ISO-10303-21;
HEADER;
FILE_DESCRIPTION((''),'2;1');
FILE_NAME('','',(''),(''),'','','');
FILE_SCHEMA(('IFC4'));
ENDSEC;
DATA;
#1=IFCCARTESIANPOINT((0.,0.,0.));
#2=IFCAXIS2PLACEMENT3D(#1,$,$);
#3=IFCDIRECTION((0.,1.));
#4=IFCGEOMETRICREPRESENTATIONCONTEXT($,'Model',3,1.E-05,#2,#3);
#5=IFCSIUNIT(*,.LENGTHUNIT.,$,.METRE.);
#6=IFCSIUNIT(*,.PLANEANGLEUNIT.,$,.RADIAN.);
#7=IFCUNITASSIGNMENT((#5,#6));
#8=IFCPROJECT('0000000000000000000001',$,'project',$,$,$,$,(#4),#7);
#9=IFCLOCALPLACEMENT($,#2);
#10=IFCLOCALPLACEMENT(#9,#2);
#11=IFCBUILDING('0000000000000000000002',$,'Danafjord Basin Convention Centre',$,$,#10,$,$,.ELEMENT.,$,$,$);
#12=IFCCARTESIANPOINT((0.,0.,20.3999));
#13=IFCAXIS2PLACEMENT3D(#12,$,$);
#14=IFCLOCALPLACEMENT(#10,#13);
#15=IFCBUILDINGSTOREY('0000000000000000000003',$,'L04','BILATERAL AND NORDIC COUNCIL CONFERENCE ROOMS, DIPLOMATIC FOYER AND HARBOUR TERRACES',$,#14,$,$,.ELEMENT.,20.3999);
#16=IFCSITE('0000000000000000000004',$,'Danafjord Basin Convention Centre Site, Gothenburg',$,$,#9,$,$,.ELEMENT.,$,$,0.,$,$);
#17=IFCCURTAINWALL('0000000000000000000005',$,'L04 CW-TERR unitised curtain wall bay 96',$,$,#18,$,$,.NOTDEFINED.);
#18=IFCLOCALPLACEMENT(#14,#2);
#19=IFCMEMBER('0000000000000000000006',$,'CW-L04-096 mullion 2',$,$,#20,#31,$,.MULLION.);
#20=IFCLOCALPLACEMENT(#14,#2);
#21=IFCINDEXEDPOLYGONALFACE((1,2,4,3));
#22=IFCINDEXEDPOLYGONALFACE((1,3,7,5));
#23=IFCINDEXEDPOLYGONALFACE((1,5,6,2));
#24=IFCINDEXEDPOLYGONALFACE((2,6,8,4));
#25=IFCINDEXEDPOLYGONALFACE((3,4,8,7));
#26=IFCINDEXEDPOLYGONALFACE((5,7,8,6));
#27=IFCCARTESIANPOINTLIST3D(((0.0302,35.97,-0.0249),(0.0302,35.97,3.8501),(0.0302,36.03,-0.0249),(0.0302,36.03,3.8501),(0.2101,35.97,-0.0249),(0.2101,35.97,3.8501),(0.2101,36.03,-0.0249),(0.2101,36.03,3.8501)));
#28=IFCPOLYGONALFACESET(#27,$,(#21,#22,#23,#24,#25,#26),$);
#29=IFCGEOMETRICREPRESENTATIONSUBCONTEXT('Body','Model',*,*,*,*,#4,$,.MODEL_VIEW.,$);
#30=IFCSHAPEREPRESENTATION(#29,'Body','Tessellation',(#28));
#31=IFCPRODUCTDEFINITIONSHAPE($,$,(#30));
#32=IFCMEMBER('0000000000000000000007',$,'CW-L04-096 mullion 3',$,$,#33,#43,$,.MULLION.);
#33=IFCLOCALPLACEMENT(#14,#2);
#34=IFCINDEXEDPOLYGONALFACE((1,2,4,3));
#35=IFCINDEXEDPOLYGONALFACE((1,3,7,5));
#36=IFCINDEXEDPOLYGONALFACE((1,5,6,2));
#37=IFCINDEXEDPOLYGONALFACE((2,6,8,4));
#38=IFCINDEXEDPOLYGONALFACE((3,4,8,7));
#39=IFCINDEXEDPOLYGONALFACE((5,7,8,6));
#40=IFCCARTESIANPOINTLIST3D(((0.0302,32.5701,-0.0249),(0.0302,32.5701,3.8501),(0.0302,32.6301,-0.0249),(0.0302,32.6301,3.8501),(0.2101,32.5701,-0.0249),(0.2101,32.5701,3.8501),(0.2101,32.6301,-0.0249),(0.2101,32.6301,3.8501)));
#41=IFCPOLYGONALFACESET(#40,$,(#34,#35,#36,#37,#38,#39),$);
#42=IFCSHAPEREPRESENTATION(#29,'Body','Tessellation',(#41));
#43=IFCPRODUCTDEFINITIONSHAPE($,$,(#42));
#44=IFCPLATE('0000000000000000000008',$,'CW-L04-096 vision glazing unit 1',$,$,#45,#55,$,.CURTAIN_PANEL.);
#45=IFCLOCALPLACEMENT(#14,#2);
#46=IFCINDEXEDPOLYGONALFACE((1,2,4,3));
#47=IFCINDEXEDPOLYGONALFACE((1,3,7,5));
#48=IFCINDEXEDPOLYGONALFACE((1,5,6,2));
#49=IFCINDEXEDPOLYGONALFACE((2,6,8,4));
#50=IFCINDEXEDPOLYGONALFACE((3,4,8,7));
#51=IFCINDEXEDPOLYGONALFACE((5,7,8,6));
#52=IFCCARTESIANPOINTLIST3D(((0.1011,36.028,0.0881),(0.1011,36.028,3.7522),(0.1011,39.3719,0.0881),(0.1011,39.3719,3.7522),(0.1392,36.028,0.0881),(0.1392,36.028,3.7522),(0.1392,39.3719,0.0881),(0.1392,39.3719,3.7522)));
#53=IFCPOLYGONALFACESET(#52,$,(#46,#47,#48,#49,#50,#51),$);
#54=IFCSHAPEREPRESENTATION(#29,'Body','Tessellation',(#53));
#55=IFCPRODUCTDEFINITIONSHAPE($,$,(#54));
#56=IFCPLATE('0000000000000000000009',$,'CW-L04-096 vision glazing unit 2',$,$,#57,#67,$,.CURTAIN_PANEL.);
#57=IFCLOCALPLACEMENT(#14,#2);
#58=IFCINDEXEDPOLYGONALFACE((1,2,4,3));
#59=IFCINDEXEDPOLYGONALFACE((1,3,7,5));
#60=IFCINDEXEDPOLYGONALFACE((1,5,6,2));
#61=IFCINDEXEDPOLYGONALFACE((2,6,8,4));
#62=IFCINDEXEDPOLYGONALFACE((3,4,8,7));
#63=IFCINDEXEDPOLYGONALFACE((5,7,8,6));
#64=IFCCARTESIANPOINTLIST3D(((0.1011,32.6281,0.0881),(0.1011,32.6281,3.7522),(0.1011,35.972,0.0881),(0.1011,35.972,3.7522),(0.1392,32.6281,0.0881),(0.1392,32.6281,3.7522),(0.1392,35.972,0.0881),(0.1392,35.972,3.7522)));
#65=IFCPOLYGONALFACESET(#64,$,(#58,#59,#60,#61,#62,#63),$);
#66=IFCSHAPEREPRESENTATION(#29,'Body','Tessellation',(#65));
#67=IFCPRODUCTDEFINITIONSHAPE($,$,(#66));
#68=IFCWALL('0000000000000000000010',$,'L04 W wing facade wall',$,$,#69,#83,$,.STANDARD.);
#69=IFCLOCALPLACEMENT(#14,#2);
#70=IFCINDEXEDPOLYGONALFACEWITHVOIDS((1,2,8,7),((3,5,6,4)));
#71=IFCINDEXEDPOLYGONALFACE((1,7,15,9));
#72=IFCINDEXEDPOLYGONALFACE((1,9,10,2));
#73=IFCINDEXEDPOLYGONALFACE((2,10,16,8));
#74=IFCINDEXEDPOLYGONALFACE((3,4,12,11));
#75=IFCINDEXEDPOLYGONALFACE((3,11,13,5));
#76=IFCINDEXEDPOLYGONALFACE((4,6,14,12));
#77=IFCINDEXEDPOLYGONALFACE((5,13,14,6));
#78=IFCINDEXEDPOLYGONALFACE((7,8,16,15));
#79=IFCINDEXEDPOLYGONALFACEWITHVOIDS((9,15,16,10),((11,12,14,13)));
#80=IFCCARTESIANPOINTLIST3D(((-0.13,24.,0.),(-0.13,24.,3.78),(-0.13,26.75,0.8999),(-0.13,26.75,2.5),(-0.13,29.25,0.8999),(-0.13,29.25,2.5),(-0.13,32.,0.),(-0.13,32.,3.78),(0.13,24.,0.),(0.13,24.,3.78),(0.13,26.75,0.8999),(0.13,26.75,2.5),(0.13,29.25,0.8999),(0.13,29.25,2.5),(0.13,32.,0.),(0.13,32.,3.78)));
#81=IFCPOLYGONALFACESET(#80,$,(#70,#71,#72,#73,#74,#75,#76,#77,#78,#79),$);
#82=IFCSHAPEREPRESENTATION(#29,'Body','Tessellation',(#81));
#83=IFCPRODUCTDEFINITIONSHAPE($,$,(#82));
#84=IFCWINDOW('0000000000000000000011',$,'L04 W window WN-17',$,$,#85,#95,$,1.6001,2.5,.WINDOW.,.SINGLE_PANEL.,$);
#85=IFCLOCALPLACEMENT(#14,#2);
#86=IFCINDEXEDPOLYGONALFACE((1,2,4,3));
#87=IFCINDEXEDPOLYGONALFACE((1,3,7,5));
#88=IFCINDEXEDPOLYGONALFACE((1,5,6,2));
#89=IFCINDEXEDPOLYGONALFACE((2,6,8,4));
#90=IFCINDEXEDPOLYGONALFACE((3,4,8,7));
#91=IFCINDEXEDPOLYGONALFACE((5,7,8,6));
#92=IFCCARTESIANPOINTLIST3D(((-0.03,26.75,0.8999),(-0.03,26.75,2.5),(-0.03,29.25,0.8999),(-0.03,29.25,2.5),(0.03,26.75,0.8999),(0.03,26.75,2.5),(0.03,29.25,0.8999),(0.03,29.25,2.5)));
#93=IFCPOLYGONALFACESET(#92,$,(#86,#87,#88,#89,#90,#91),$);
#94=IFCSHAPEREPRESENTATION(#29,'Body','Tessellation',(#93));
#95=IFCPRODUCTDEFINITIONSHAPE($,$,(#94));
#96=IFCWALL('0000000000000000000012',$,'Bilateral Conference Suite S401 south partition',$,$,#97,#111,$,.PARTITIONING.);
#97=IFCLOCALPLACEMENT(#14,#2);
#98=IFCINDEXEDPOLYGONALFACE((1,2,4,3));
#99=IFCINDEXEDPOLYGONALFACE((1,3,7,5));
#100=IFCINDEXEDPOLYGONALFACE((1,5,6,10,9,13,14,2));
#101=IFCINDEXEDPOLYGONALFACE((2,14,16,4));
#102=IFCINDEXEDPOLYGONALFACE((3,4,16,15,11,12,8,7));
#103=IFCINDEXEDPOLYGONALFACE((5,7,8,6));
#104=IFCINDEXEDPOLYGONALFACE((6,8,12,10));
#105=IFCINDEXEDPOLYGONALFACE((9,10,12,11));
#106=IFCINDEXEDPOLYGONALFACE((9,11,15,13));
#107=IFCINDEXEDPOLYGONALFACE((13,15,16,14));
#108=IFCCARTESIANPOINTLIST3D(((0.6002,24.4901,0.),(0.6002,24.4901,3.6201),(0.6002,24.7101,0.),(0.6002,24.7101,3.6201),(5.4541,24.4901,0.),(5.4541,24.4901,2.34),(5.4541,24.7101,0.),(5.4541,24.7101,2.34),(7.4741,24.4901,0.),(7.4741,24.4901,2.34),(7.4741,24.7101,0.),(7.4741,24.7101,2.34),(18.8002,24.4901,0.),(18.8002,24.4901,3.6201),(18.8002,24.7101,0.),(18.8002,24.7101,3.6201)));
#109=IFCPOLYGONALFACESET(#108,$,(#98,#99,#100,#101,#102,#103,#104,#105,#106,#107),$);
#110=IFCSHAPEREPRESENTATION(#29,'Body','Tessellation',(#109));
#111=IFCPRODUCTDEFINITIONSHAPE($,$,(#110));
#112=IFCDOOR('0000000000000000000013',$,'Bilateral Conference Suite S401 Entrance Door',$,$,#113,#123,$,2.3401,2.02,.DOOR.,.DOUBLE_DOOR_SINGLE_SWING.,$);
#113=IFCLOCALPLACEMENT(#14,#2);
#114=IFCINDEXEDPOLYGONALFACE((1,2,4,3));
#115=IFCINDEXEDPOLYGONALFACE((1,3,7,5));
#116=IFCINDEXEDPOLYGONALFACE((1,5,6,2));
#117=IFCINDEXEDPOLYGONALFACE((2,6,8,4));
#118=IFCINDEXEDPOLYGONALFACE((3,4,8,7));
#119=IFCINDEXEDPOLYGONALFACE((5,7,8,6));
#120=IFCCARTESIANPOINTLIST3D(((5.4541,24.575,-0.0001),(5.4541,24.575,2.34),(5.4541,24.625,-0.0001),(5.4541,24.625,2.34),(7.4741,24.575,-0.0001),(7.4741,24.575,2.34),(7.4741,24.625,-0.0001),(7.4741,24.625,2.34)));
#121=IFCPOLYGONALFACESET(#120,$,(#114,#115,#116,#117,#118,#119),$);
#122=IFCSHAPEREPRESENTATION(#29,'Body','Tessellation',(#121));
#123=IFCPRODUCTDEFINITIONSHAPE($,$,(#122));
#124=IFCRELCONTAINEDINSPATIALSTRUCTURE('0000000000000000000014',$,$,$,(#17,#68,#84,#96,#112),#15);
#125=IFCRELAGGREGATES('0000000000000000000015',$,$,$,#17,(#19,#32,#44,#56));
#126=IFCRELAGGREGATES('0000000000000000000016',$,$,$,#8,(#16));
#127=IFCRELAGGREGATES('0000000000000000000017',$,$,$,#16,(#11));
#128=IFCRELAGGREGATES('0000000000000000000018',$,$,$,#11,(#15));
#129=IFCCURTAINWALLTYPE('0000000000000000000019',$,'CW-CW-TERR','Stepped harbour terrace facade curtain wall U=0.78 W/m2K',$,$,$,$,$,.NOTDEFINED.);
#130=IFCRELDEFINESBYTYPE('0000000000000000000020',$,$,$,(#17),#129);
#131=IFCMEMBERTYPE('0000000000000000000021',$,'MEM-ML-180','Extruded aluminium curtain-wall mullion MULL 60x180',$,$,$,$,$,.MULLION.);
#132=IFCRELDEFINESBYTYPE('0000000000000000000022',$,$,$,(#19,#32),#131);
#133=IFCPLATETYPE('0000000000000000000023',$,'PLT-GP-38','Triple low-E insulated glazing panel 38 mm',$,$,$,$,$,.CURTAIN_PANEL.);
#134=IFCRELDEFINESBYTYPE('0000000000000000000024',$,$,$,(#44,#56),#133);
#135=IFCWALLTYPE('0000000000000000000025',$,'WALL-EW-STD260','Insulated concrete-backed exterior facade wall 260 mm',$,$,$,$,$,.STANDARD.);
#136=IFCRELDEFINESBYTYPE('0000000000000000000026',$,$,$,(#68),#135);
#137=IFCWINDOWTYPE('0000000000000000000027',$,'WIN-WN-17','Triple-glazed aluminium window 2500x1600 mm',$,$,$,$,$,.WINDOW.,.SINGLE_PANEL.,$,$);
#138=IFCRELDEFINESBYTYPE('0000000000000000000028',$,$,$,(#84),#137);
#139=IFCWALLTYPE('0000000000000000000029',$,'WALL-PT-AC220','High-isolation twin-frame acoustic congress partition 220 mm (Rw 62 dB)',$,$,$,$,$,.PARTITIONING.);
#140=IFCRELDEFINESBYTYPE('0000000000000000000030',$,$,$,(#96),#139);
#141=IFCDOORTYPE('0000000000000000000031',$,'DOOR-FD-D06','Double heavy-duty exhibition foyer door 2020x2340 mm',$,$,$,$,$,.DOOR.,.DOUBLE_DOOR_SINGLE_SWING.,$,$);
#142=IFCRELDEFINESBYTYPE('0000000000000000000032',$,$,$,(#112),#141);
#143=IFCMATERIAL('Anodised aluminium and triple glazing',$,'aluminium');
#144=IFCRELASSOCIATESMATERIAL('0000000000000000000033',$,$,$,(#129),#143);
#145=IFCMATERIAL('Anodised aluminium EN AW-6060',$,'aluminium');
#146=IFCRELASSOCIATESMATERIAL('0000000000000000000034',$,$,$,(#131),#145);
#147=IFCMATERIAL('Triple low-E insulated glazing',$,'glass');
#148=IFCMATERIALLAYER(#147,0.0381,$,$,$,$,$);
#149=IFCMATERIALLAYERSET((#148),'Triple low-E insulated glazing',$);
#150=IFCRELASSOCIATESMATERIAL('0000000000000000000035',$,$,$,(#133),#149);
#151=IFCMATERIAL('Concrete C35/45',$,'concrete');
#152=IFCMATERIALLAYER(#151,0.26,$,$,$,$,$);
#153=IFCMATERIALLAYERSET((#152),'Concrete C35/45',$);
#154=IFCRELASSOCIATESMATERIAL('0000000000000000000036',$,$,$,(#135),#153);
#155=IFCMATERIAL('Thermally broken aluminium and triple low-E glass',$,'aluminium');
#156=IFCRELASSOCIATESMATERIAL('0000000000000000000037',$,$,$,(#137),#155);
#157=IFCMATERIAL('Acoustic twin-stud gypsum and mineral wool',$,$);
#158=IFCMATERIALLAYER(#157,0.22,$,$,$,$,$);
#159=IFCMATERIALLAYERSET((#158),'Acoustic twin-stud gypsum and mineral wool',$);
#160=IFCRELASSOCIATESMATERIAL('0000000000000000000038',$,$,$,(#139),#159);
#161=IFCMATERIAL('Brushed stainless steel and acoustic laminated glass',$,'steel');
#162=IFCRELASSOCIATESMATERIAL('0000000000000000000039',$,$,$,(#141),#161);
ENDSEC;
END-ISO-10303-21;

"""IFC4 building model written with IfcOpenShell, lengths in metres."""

from ifc_helpers import new_model, si_unit, direction, frame, frame_2d, origin, origin_2d, place, context, subcontext, project, spatial, rectangle, extrude, material, layer, layer_set, material_profile, profile_set, type_object, element, fill, aggregate, save


model = new_model("IFC4")

# Units and contexts
model_context = context("Model", 3, precision=1e-05, world=origin(), true_north=direction((0.0, 1.0)))
body_context = subcontext(model_context, "Body", "Model", "MODEL_VIEW")
ifc_project = project(units=[si_unit("LENGTHUNIT", "METRE"), si_unit("PLANEANGLEUNIT", "RADIAN")], contexts=[model_context])

# Site, building, storey
site_placement = place(None, origin())
site = spatial("IfcSite", under=ifc_project, at=site_placement, Name="Danafjord Basin Convention Centre Site, Gothenburg", CompositionType="ELEMENT", RefElevation=0.0)
building_placement = place(site_placement, origin())
building = spatial("IfcBuilding", under=site, at=building_placement, Name="Danafjord Basin Convention Centre", CompositionType="ELEMENT")
storey_placement = place(building_placement, frame((0.0, 0.0, 20.3999)))
storey = spatial("IfcBuildingStorey", under=building, at=storey_placement, Name="L04", Description="BILATERAL AND NORDIC COUNCIL CONFERENCE ROOMS, DIPLOMATIC FOYER AND HARBOUR TERRACES", CompositionType="ELEMENT", Elevation=20.3999)

# Curtain wall, members, plates
ifc_material_1 = material(Name="Anodised aluminium and triple glazing", Category="aluminium")
curtain_wall_type = type_object("IfcCurtainWallType", Name="CW-CW-TERR", Description="Stepped harbour terrace facade curtain wall U=0.78 W/m2K", PredefinedType="NOTDEFINED", material=ifc_material_1)
curtain_wall_placement = place(storey_placement, origin())
curtain_wall = element("IfcCurtainWall", 1, at=curtain_wall_placement, inside=storey, type_object=curtain_wall_type, Name="L04 CW-TERR unitised curtain wall bay 96", PredefinedType="NOTDEFINED")
ifc_material_2 = material(Name="Anodised aluminium EN AW-6060", Category="aluminium")
ifc_material_profile_1 = material_profile(ifc_material_2, rectangle(XDim=0.0601, YDim=0.1799, at=origin_2d()), Name="MULL 60x180")
ifc_profile_set_1 = profile_set([ifc_material_profile_1], Name="Anodised aluminium EN AW-6060")
member_type = type_object("IfcMemberType", Name="MEM-ML-180", Description="Extruded aluminium curtain-wall mullion MULL 60x180", PredefinedType="MULLION", material=ifc_profile_set_1)
member_1_placement = place(storey_placement, frame((0.1201, 36.0, -0.0249), z_axis=(0.0, 0.0, 1.0), x_axis=(0.0, -1.0, 0.0)))
member_1 = element("IfcMember", 2, at=member_1_placement, type_object=member_type, Name="CW-L04-096 mullion 2", PredefinedType="MULLION", context=body_context, shape_type="SweptSolid", body=[
    extrude(rectangle(XDim=0.0601, YDim=0.1799, at=origin_2d()), origin(), (0.0, 0.0, 1.0), 3.875),
])
member_2_placement = place(storey_placement, frame((0.1201, 32.6001, -0.0249), z_axis=(0.0, 0.0, 1.0), x_axis=(0.0, -1.0, 0.0)))
member_2 = element("IfcMember", 3, at=member_2_placement, type_object=member_type, Name="CW-L04-096 mullion 3", PredefinedType="MULLION", context=body_context, shape_type="SweptSolid", body=[
    extrude(rectangle(XDim=0.0601, YDim=0.1799, at=origin_2d()), origin(), (0.0, 0.0, 1.0), 3.875),
])
ifc_material_3 = material(Name="Triple low-E insulated glazing", Category="glass")
ifc_layer_1 = layer(ifc_material_3, 0.0381)
ifc_layer_set_1 = layer_set([ifc_layer_1], Name="Triple low-E insulated glazing")
plate_type = type_object("IfcPlateType", Name="PLT-GP-38", Description="Triple low-E insulated glazing panel 38 mm", PredefinedType="CURTAIN_PANEL", material=ifc_layer_set_1)
plate_1_placement = place(storey_placement, frame((0.1201, 37.7, 0.0881), z_axis=(0.0, 0.0, 1.0), x_axis=(0.0, -1.0, 0.0)))
plate_1 = element("IfcPlate", 4, at=plate_1_placement, type_object=plate_type, Name="CW-L04-096 vision glazing unit 1", PredefinedType="CURTAIN_PANEL", context=body_context, shape_type="SweptSolid", body=[
    extrude(rectangle(XDim=3.344, YDim=0.0381, at=origin_2d()), origin(), (0.0, 0.0, 1.0), 3.6641),
])
plate_2_placement = place(storey_placement, frame((0.1201, 34.3, 0.0881), z_axis=(0.0, 0.0, 1.0), x_axis=(0.0, -1.0, 0.0)))
plate_2 = element("IfcPlate", 5, at=plate_2_placement, type_object=plate_type, Name="CW-L04-096 vision glazing unit 2", PredefinedType="CURTAIN_PANEL", context=body_context, shape_type="SweptSolid", body=[
    extrude(rectangle(XDim=3.344, YDim=0.0381, at=origin_2d()), origin(), (0.0, 0.0, 1.0), 3.6641),
])
aggregate(curtain_wall, [member_1, member_2, plate_1, plate_2])

# Wall, opening, window
ifc_material_4 = material(Name="Concrete C35/45", Category="concrete")
ifc_layer_2 = layer(ifc_material_4, 0.26)
ifc_layer_set_2 = layer_set([ifc_layer_2], Name="Concrete C35/45")
wall_type_1 = type_object("IfcWallType", Name="WALL-EW-STD260", Description="Insulated concrete-backed exterior facade wall 260 mm", PredefinedType="STANDARD", material=ifc_layer_set_2)
wall_1_placement = place(storey_placement, frame((0.0, 24.0, 0.0), z_axis=(0.0, 0.0, 1.0), x_axis=(0.0, 1.0, 0.0)))
wall_1 = element("IfcWall", 6, at=wall_1_placement, inside=storey, type_object=wall_type_1, Name="L04 W wing facade wall", PredefinedType="STANDARD", context=body_context, shape_type="SweptSolid", body=[
    extrude(rectangle(XDim=8.0, YDim=0.26, at=frame_2d((4.0, 0.0))), origin(), (0.0, 0.0, 1.0), 3.78),
])
opening_1_placement = place(wall_1_placement, frame((2.75, 0.0, 0.8999)))
opening_1 = element("IfcOpeningElement", 7, at=opening_1_placement, cuts=wall_1, PredefinedType="OPENING", context=body_context, shape_type="SweptSolid", body=[
    extrude(rectangle(XDim=2.5, YDim=1.6001, at=frame_2d((1.25, 0.8))), frame((0.0, 0.1399, 0.0), z_axis=(0.0, -1.0, 0.0), x_axis=(1.0, 0.0, 0.0)), (0.0, 0.0, 1.0), 0.28),
])
ifc_material_5 = material(Name="Thermally broken aluminium and triple low-E glass", Category="aluminium")
window_type = type_object("IfcWindowType", Name="WIN-WN-17", Description="Triple-glazed aluminium window 2500x1600 mm", PartitioningType="SINGLE_PANEL", PredefinedType="WINDOW", material=ifc_material_5)
window_placement = place(opening_1_placement, origin())
window = element("IfcWindow", 8, at=window_placement, inside=storey, type_object=window_type, Name="L04 W window WN-17", OverallHeight=1.6001, OverallWidth=2.5, PartitioningType="SINGLE_PANEL", PredefinedType="WINDOW", context=body_context, shape_type="SweptSolid", body=[
    extrude(rectangle(XDim=2.5, YDim=1.6001, at=frame_2d((1.25, 0.8))), frame((0.0, 0.03, 0.0), z_axis=(0.0, -1.0, 0.0), x_axis=(1.0, 0.0, 0.0)), (0.0, 0.0, 1.0), 0.0601),
])
fill(opening_1, window)

# Wall, opening, door
ifc_material_6 = material(Name="Acoustic twin-stud gypsum and mineral wool")
ifc_layer_3 = layer(ifc_material_6, 0.22)
ifc_layer_set_3 = layer_set([ifc_layer_3], Name="Acoustic twin-stud gypsum and mineral wool")
wall_type_2 = type_object("IfcWallType", Name="WALL-PT-AC220", Description="High-isolation twin-frame acoustic congress partition 220 mm (Rw 62 dB)", PredefinedType="PARTITIONING", material=ifc_layer_set_3)
wall_2_placement = place(storey_placement, frame((0.6001, 24.6001, 0.0), z_axis=(0.0, 0.0, 1.0), x_axis=(1.0, 0.0, 0.0)))
wall_2 = element("IfcWall", 9, at=wall_2_placement, inside=storey, type_object=wall_type_2, Name="Bilateral Conference Suite S401 south partition", PredefinedType="PARTITIONING", context=body_context, shape_type="SweptSolid", body=[
    extrude(rectangle(XDim=18.2, YDim=0.22, at=frame_2d((9.1001, 0.0))), origin(), (0.0, 0.0, 1.0), 3.6201),
])
opening_2_placement = place(wall_2_placement, frame((4.854, 0.0, 0.0)))
opening_2 = element("IfcOpeningElement", 10, at=opening_2_placement, cuts=wall_2, PredefinedType="OPENING", context=body_context, shape_type="SweptSolid", body=[
    extrude(rectangle(XDim=2.02, YDim=2.3401, at=frame_2d((1.01, 1.1699))), frame((0.0, 0.1199, 0.0), z_axis=(0.0, -1.0, 0.0), x_axis=(1.0, 0.0, 0.0)), (0.0, 0.0, 1.0), 0.24),
])
ifc_material_7 = material(Name="Brushed stainless steel and acoustic laminated glass", Category="steel")
door_type = type_object("IfcDoorType", Name="DOOR-FD-D06", Description="Double heavy-duty exhibition foyer door 2020x2340 mm", OperationType="DOUBLE_DOOR_SINGLE_SWING", PredefinedType="DOOR", material=ifc_material_7)
door_placement = place(opening_2_placement, origin())
door = element("IfcDoor", 11, at=door_placement, inside=storey, type_object=door_type, Name="Bilateral Conference Suite S401 Entrance Door", OperationType="DOUBLE_DOOR_SINGLE_SWING", OverallHeight=2.3401, OverallWidth=2.02, PredefinedType="DOOR", context=body_context, shape_type="SweptSolid", body=[
    extrude(rectangle(XDim=2.02, YDim=2.3401, at=frame_2d((1.01, 1.1699))), frame((0.0, 0.0249, 0.0), z_axis=(0.0, -1.0, 0.0), x_axis=(1.0, 0.0, 0.0)), (0.0, 0.0, 1.0), 0.05),
])
fill(opening_2, door)

save(model, "model.ifc")
